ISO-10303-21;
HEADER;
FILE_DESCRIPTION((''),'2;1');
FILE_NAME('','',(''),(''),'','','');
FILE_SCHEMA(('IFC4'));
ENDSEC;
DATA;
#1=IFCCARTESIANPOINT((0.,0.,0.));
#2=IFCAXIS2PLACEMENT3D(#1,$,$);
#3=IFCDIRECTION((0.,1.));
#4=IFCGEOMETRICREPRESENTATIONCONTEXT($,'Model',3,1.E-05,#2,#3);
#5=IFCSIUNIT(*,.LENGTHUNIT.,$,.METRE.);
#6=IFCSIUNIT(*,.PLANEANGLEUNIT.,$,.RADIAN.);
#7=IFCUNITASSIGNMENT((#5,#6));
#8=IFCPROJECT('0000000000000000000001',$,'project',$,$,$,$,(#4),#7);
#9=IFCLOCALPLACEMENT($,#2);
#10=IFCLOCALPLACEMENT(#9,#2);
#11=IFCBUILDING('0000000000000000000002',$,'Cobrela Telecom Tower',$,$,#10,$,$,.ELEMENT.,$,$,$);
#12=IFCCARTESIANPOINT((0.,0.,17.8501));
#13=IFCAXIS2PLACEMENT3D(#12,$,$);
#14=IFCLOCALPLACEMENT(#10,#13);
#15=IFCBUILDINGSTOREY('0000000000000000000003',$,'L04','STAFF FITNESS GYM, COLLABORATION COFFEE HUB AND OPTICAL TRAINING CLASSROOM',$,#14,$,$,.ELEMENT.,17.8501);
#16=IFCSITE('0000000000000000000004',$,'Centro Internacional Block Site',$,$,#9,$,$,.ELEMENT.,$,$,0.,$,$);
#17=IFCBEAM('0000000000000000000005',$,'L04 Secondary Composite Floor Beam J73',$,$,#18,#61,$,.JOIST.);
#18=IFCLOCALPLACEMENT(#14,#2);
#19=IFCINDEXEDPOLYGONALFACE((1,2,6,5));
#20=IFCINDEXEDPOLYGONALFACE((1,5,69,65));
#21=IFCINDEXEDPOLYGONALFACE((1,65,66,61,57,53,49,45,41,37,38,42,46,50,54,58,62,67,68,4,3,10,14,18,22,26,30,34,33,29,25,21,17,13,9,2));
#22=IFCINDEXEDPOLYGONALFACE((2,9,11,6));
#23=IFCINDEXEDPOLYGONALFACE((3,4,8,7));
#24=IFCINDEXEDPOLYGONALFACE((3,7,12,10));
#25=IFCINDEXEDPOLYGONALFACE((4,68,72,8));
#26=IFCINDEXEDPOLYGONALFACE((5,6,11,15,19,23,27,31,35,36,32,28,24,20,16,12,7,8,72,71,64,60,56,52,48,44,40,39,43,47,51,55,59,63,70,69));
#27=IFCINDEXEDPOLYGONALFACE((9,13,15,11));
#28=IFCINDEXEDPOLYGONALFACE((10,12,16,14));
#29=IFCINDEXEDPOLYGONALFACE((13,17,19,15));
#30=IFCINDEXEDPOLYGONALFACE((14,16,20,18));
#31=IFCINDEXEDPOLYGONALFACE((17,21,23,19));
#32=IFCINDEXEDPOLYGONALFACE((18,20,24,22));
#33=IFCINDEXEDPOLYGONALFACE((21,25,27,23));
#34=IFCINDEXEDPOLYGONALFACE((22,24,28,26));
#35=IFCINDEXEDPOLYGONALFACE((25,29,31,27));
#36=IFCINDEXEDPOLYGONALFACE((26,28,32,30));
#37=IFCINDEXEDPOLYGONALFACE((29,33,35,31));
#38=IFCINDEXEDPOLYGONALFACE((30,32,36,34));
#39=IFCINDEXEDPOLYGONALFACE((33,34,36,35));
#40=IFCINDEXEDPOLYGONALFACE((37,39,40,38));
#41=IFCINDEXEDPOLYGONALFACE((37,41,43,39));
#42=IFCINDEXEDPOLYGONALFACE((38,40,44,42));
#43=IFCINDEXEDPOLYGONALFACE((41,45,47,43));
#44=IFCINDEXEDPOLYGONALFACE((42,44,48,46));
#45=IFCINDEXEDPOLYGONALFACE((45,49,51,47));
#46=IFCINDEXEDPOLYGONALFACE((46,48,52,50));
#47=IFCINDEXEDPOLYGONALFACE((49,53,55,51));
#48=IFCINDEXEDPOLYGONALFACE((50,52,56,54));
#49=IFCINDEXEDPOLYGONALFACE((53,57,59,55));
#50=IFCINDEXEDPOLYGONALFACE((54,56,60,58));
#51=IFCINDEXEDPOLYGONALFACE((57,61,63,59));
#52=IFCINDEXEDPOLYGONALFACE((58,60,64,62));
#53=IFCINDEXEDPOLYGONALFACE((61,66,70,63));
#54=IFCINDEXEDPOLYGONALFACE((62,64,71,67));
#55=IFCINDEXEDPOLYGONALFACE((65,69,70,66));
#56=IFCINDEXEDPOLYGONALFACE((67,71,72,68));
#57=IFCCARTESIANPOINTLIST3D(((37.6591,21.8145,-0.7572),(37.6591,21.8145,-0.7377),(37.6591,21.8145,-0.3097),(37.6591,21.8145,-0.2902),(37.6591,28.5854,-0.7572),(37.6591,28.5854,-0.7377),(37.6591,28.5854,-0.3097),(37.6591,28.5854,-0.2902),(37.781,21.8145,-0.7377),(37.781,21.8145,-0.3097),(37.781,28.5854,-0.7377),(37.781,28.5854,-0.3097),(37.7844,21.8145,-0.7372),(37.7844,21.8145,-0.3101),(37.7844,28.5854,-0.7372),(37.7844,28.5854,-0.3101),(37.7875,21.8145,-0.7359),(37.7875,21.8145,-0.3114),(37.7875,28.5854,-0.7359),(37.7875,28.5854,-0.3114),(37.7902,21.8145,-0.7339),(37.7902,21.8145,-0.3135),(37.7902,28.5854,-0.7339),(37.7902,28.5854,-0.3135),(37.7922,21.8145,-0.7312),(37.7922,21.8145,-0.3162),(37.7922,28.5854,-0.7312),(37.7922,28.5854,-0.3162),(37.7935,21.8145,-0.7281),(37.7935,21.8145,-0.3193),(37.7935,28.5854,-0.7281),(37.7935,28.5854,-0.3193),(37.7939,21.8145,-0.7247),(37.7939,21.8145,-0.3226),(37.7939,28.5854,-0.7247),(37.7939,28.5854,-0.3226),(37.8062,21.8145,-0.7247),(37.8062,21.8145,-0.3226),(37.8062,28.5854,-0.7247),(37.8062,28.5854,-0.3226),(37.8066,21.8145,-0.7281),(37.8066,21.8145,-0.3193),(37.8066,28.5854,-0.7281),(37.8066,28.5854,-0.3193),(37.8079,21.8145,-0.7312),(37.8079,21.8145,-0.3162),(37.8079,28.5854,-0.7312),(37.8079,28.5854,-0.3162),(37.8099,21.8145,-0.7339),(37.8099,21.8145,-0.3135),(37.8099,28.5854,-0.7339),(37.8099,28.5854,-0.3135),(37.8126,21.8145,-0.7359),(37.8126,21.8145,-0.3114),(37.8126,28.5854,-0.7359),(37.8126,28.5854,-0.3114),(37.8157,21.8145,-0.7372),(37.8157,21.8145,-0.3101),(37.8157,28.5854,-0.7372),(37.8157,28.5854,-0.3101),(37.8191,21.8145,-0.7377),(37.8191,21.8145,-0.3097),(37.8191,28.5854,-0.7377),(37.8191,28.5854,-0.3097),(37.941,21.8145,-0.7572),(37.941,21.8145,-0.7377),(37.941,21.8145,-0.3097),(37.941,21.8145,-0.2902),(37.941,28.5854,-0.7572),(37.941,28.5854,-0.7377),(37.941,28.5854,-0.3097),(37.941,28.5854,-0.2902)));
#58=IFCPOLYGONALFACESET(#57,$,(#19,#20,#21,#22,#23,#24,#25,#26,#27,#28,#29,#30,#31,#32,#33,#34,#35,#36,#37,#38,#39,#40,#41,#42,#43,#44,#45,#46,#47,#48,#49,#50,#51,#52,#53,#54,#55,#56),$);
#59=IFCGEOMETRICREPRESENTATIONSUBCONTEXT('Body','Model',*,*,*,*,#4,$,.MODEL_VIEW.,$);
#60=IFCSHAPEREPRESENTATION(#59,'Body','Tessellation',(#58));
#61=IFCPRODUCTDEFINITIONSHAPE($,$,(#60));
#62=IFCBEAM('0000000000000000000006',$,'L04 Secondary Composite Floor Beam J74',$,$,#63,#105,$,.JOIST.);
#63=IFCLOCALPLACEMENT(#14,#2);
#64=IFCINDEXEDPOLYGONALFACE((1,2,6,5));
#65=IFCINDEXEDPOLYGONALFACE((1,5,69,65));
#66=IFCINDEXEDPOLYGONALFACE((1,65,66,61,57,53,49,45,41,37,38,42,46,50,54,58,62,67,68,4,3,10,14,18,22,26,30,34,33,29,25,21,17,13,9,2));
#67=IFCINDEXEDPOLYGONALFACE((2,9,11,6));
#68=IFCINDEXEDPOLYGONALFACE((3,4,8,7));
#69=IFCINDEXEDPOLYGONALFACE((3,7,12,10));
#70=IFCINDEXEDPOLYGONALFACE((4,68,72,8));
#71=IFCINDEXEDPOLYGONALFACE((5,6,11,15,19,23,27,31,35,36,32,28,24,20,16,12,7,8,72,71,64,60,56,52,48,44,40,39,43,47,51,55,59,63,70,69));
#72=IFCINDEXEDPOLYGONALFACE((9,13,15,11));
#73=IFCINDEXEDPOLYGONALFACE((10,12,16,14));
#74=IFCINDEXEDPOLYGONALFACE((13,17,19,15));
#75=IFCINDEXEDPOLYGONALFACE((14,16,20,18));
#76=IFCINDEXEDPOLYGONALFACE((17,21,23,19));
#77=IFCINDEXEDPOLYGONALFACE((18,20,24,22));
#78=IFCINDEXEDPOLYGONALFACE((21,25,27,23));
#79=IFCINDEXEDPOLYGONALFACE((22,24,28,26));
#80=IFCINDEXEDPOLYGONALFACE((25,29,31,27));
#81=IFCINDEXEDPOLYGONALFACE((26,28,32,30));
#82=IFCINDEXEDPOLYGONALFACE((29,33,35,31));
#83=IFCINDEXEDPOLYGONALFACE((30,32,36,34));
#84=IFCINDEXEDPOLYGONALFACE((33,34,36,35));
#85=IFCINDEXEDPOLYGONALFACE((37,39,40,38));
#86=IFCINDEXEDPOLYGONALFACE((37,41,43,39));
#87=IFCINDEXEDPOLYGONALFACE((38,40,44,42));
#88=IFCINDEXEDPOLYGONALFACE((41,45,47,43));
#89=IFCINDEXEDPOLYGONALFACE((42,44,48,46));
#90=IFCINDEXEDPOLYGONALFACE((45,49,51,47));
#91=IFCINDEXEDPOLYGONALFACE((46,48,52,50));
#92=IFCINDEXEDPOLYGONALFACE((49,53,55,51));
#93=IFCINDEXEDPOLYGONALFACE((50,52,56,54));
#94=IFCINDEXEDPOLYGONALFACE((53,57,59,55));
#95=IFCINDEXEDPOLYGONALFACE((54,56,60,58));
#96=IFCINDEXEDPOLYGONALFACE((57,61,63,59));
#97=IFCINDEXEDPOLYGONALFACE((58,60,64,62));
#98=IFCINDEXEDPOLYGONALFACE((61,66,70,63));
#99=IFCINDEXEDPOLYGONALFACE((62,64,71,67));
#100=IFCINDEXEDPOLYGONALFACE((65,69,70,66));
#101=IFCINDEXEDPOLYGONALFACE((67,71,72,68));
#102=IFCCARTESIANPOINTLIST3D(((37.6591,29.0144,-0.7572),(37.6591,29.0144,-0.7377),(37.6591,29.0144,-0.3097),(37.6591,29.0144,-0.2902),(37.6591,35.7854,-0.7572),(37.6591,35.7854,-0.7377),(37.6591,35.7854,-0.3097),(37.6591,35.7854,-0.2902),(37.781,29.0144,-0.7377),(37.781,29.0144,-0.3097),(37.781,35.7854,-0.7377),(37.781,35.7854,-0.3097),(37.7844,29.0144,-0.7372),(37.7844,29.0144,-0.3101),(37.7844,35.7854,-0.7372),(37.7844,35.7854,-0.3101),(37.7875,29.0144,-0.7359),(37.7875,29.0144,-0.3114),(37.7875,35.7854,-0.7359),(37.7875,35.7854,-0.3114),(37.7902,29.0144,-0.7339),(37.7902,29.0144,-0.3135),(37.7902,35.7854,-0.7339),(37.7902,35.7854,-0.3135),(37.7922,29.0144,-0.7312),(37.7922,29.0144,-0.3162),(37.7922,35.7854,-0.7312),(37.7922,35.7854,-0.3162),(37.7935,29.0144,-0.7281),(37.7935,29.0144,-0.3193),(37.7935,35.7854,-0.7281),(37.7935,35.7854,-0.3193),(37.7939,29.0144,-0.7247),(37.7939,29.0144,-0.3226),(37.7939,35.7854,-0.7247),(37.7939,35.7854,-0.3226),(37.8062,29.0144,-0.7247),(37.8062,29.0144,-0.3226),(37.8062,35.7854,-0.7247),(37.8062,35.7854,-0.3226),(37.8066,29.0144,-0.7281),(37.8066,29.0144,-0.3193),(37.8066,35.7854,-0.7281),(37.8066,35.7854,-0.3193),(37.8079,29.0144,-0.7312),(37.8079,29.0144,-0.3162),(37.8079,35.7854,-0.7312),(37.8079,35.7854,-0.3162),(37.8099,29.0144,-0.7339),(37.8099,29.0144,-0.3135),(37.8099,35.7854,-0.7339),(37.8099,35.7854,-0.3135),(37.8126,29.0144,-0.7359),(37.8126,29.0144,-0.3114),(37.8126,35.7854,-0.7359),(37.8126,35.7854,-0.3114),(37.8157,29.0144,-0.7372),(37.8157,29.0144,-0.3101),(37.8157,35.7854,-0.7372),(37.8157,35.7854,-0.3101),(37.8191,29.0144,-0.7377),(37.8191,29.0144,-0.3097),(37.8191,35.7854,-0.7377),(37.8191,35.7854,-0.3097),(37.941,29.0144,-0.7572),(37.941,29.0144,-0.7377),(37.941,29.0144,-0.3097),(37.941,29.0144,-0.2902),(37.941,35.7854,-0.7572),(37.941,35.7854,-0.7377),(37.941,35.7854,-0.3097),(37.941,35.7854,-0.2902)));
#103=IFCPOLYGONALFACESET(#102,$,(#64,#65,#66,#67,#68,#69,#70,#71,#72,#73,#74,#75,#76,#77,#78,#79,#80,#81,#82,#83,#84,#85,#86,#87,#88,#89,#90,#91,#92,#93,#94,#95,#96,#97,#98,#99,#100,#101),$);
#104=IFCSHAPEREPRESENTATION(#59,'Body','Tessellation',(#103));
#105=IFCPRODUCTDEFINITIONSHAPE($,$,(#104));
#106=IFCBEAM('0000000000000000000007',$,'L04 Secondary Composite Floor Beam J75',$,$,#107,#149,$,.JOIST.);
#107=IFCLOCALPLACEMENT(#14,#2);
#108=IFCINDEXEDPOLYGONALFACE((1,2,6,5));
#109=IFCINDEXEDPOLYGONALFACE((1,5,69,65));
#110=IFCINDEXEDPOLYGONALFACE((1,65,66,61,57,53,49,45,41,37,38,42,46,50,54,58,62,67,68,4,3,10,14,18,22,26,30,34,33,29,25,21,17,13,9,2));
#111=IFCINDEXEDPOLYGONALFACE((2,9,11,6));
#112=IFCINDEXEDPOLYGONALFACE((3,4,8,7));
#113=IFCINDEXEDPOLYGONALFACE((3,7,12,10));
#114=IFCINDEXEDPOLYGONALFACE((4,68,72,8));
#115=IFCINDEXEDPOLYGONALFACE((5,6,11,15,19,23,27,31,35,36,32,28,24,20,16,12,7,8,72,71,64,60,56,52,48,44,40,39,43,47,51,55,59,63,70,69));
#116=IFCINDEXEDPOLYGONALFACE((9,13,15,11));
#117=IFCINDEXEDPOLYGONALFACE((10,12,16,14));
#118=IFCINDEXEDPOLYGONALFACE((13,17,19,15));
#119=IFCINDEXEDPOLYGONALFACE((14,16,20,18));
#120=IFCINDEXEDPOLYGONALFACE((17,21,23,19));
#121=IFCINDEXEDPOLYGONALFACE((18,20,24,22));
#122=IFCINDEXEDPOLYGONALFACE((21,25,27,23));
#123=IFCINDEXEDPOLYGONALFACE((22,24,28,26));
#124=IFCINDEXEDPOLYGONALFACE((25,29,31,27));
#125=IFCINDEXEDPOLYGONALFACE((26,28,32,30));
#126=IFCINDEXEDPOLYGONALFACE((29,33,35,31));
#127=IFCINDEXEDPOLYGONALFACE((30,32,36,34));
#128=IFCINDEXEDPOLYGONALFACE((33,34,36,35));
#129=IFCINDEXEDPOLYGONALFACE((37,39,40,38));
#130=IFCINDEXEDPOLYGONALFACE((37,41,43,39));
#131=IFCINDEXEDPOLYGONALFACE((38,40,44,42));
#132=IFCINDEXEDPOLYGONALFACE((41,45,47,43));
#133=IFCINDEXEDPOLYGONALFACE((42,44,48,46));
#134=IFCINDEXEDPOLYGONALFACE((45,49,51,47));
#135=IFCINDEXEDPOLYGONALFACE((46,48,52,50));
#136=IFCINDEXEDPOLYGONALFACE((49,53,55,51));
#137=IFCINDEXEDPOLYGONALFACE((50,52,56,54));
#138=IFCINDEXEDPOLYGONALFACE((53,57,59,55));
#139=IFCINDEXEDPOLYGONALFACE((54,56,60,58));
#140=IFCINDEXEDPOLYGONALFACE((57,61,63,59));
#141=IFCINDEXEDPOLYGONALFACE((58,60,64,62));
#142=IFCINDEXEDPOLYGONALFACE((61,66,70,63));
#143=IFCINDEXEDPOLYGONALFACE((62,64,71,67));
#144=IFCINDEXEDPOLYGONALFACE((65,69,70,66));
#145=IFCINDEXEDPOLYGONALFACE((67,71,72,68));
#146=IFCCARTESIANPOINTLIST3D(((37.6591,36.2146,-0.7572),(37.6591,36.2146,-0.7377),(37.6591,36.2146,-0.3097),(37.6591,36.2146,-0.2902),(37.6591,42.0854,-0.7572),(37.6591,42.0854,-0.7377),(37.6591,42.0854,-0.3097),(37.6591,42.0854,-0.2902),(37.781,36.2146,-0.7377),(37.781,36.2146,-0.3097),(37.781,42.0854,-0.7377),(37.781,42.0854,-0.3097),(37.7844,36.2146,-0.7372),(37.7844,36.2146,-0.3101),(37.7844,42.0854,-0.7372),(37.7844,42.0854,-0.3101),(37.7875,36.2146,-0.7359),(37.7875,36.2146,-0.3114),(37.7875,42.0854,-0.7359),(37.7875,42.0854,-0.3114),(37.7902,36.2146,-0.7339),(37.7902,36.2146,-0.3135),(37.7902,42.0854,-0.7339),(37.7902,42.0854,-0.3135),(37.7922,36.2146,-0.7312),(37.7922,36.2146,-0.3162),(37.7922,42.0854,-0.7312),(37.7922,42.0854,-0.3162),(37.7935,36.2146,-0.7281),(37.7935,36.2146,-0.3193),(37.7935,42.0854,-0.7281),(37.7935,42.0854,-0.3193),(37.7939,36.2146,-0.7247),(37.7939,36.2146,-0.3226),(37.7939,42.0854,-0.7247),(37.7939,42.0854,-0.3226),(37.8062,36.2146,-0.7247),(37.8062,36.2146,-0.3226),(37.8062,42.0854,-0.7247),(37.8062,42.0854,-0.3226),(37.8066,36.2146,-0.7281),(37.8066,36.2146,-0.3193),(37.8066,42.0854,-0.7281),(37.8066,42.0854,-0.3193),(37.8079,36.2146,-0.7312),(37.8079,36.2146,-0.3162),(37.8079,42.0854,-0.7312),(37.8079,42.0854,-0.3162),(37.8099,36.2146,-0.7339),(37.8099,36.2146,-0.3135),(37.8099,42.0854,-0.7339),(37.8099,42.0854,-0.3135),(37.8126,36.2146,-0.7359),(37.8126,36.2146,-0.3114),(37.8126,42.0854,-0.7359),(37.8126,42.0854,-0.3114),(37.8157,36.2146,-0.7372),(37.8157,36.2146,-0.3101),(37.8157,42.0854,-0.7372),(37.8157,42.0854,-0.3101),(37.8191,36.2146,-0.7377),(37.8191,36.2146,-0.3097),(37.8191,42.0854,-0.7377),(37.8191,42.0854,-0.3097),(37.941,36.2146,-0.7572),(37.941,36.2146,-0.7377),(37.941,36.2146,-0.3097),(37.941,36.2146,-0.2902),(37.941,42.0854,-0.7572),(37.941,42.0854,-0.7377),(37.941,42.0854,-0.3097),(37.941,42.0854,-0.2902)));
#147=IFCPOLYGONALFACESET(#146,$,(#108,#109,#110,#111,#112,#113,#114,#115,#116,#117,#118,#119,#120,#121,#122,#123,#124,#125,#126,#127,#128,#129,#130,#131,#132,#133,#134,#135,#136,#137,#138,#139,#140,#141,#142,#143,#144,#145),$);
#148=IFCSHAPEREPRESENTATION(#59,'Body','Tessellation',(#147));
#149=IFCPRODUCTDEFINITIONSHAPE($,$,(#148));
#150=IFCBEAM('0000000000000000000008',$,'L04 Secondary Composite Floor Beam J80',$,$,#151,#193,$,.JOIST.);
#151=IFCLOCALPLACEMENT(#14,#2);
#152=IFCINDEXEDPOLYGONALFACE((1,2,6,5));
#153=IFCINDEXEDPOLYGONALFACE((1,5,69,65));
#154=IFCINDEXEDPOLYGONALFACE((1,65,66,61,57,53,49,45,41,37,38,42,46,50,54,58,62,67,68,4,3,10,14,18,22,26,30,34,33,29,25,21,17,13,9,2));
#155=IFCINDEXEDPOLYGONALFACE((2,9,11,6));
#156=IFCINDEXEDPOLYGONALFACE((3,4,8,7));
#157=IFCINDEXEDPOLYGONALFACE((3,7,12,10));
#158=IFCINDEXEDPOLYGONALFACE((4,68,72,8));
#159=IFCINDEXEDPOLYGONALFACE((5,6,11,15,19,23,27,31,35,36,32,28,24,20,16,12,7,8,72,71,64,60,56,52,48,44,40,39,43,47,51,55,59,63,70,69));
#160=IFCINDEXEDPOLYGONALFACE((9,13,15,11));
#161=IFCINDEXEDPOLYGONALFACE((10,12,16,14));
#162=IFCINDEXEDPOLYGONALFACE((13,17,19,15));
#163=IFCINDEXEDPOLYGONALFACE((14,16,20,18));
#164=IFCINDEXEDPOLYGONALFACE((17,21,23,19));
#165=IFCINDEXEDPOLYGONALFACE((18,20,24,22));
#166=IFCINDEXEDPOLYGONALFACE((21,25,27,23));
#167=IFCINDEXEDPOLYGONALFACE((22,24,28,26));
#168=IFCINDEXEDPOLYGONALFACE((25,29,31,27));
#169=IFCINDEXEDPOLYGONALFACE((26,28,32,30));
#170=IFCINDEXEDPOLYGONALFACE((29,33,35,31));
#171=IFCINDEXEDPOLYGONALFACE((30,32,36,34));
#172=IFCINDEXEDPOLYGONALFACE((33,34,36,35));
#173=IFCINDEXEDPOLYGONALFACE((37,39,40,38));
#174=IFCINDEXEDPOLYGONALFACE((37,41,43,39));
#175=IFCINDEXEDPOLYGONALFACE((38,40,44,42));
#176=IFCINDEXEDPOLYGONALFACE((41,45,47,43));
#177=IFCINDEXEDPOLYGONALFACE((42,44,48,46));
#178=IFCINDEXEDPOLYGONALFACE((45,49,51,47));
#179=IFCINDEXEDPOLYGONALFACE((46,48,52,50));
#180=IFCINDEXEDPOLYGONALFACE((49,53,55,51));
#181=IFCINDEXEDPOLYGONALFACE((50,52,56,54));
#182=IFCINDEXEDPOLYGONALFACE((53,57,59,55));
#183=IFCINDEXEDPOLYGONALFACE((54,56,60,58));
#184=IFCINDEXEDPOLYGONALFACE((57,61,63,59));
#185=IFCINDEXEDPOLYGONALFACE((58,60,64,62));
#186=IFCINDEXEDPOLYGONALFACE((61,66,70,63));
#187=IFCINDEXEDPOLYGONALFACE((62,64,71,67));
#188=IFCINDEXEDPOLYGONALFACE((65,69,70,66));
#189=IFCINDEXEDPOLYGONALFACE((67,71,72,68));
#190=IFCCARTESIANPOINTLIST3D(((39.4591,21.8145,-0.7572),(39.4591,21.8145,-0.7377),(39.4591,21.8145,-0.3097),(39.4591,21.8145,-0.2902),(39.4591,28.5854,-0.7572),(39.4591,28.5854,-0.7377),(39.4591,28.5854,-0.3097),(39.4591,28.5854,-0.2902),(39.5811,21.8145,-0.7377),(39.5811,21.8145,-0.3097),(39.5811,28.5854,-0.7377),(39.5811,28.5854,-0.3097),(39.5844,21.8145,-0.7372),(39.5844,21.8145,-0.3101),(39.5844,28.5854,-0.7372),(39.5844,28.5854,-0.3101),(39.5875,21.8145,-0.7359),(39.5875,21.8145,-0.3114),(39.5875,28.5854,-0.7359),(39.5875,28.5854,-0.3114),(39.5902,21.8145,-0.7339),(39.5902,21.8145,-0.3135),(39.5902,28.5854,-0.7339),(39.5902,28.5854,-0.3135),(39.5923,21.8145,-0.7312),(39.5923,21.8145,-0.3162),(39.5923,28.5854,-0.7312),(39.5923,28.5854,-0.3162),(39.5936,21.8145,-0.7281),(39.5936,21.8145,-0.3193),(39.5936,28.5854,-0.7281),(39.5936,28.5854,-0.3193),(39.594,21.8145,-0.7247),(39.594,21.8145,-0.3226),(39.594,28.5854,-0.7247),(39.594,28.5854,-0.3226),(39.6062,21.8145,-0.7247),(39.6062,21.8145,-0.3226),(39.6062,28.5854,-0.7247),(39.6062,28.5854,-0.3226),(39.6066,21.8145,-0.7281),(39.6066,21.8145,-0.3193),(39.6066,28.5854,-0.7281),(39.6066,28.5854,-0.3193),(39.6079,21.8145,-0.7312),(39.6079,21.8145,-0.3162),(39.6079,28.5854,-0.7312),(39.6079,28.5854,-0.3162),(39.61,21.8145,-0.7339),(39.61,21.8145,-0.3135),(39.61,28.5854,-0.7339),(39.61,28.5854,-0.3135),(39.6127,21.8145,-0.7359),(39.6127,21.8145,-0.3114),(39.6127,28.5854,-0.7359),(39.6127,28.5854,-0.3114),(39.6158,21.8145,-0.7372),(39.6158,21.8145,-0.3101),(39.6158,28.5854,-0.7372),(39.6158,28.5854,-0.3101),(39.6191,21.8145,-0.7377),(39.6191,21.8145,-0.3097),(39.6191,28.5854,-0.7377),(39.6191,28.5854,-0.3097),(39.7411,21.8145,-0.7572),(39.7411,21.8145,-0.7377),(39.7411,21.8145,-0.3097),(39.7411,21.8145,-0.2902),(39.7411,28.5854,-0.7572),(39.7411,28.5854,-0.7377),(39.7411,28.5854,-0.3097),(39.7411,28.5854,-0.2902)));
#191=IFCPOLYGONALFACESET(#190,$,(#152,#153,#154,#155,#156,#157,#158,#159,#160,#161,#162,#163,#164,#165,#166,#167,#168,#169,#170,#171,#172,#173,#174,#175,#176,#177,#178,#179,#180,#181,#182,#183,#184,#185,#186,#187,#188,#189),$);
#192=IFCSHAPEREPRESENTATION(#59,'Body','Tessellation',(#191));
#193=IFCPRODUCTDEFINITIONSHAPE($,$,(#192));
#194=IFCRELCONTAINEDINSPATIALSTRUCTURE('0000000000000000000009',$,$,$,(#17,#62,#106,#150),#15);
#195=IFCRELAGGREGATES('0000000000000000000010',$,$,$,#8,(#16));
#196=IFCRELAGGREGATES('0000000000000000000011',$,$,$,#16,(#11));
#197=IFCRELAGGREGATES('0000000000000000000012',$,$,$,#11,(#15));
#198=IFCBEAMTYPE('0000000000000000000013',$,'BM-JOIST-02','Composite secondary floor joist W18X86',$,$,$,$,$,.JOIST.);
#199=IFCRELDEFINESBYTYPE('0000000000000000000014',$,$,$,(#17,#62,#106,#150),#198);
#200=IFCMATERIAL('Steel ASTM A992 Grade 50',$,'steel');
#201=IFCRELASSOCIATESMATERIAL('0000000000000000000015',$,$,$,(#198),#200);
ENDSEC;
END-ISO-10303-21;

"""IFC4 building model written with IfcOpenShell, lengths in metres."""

from ifc_helpers import new_model, si_unit, direction, frame, origin, origin_2d, place, context, subcontext, project, spatial, i_section, extrude, material, material_profile, profile_set, type_object, element, save


model = new_model("IFC4")

# Units and contexts
model_context = context("Model", 3, precision=1e-05, world=origin(), true_north=direction((0.0, 1.0)))
body_context = subcontext(model_context, "Body", "Model", "MODEL_VIEW")
ifc_project = project(units=[si_unit("LENGTHUNIT", "METRE"), si_unit("PLANEANGLEUNIT", "RADIAN")], contexts=[model_context])

# Site, building, storey
site_placement = place(None, origin())
site = spatial("IfcSite", under=ifc_project, at=site_placement, Name="Centro Internacional Block Site", CompositionType="ELEMENT", RefElevation=0.0)
building_placement = place(site_placement, origin())
building = spatial("IfcBuilding", under=site, at=building_placement, Name="Cobrela Telecom Tower", CompositionType="ELEMENT")
storey_placement = place(building_placement, frame((0.0, 0.0, 17.8501)))
storey = spatial("IfcBuildingStorey", under=building, at=storey_placement, Name="L04", Description="STAFF FITNESS GYM, COLLABORATION COFFEE HUB AND OPTICAL TRAINING CLASSROOM", CompositionType="ELEMENT", Elevation=17.8501)

# Beams
ifc_material_1 = material(Name="Steel ASTM A992 Grade 50", Category="steel")
ifc_material_profile_1 = material_profile(ifc_material_1, i_section(OverallWidth=0.282, OverallDepth=0.467, WebThickness=0.0122, FlangeThickness=0.0195, FilletRadius=0.0129, at=origin_2d()), Name="W18X86")
ifc_profile_set_1 = profile_set([ifc_material_profile_1], Name="Steel ASTM A992 Grade 50")
beam_type_1 = type_object("IfcBeamType", Name="BM-JOIST-02", Description="Composite secondary floor joist W18X86", PredefinedType="JOIST", material=ifc_profile_set_1)
for number, where, z_axis, x_axis, name in (
    (1, (37.8, 21.8145, -0.5237), (0.0, 1.0, 0.0), (-1.0, 0.0, 0.0), "L04 Secondary Composite Floor Beam J73"),
    (2, (37.8, 29.0144, -0.5237), (0.0, 1.0, 0.0), (-1.0, 0.0, 0.0), "L04 Secondary Composite Floor Beam J74"),
):
    element("IfcBeam", number, at=place(storey_placement, frame(where, z_axis=z_axis, x_axis=x_axis)), inside=storey, type_object=beam_type_1, Name=name, PredefinedType="JOIST", context=body_context, shape_type="SweptSolid", body=[
        extrude(i_section(OverallWidth=0.282, OverallDepth=0.467, WebThickness=0.0122, FlangeThickness=0.0195, FilletRadius=0.0129, at=origin_2d()), origin(), (0.0, 0.0, 1.0), 6.771),
    ])
beam_1_placement = place(storey_placement, frame((37.8, 36.2146, -0.5237), z_axis=(0.0, 1.0, 0.0), x_axis=(-1.0, 0.0, 0.0)))
element("IfcBeam", 3, at=beam_1_placement, inside=storey, type_object=beam_type_1, Name="L04 Secondary Composite Floor Beam J75", PredefinedType="JOIST", context=body_context, shape_type="SweptSolid", body=[
    extrude(i_section(OverallWidth=0.282, OverallDepth=0.467, WebThickness=0.0122, FlangeThickness=0.0195, FilletRadius=0.0129, at=origin_2d()), origin(), (0.0, 0.0, 1.0), 5.8708),
])
for number, where, z_axis, x_axis, name in (
    (4, (39.6001, 21.8145, -0.5237), (0.0, 1.0, 0.0), (-1.0, 0.0, 0.0), "L04 Secondary Composite Floor Beam J80"),
):
    element("IfcBeam", number, at=place(storey_placement, frame(where, z_axis=z_axis, x_axis=x_axis)), inside=storey, type_object=beam_type_1, Name=name, PredefinedType="JOIST", context=body_context, shape_type="SweptSolid", body=[
        extrude(i_section(OverallWidth=0.282, OverallDepth=0.467, WebThickness=0.0122, FlangeThickness=0.0195, FilletRadius=0.0129, at=origin_2d()), origin(), (0.0, 0.0, 1.0), 6.771),
    ])

save(model, "model.ifc")
